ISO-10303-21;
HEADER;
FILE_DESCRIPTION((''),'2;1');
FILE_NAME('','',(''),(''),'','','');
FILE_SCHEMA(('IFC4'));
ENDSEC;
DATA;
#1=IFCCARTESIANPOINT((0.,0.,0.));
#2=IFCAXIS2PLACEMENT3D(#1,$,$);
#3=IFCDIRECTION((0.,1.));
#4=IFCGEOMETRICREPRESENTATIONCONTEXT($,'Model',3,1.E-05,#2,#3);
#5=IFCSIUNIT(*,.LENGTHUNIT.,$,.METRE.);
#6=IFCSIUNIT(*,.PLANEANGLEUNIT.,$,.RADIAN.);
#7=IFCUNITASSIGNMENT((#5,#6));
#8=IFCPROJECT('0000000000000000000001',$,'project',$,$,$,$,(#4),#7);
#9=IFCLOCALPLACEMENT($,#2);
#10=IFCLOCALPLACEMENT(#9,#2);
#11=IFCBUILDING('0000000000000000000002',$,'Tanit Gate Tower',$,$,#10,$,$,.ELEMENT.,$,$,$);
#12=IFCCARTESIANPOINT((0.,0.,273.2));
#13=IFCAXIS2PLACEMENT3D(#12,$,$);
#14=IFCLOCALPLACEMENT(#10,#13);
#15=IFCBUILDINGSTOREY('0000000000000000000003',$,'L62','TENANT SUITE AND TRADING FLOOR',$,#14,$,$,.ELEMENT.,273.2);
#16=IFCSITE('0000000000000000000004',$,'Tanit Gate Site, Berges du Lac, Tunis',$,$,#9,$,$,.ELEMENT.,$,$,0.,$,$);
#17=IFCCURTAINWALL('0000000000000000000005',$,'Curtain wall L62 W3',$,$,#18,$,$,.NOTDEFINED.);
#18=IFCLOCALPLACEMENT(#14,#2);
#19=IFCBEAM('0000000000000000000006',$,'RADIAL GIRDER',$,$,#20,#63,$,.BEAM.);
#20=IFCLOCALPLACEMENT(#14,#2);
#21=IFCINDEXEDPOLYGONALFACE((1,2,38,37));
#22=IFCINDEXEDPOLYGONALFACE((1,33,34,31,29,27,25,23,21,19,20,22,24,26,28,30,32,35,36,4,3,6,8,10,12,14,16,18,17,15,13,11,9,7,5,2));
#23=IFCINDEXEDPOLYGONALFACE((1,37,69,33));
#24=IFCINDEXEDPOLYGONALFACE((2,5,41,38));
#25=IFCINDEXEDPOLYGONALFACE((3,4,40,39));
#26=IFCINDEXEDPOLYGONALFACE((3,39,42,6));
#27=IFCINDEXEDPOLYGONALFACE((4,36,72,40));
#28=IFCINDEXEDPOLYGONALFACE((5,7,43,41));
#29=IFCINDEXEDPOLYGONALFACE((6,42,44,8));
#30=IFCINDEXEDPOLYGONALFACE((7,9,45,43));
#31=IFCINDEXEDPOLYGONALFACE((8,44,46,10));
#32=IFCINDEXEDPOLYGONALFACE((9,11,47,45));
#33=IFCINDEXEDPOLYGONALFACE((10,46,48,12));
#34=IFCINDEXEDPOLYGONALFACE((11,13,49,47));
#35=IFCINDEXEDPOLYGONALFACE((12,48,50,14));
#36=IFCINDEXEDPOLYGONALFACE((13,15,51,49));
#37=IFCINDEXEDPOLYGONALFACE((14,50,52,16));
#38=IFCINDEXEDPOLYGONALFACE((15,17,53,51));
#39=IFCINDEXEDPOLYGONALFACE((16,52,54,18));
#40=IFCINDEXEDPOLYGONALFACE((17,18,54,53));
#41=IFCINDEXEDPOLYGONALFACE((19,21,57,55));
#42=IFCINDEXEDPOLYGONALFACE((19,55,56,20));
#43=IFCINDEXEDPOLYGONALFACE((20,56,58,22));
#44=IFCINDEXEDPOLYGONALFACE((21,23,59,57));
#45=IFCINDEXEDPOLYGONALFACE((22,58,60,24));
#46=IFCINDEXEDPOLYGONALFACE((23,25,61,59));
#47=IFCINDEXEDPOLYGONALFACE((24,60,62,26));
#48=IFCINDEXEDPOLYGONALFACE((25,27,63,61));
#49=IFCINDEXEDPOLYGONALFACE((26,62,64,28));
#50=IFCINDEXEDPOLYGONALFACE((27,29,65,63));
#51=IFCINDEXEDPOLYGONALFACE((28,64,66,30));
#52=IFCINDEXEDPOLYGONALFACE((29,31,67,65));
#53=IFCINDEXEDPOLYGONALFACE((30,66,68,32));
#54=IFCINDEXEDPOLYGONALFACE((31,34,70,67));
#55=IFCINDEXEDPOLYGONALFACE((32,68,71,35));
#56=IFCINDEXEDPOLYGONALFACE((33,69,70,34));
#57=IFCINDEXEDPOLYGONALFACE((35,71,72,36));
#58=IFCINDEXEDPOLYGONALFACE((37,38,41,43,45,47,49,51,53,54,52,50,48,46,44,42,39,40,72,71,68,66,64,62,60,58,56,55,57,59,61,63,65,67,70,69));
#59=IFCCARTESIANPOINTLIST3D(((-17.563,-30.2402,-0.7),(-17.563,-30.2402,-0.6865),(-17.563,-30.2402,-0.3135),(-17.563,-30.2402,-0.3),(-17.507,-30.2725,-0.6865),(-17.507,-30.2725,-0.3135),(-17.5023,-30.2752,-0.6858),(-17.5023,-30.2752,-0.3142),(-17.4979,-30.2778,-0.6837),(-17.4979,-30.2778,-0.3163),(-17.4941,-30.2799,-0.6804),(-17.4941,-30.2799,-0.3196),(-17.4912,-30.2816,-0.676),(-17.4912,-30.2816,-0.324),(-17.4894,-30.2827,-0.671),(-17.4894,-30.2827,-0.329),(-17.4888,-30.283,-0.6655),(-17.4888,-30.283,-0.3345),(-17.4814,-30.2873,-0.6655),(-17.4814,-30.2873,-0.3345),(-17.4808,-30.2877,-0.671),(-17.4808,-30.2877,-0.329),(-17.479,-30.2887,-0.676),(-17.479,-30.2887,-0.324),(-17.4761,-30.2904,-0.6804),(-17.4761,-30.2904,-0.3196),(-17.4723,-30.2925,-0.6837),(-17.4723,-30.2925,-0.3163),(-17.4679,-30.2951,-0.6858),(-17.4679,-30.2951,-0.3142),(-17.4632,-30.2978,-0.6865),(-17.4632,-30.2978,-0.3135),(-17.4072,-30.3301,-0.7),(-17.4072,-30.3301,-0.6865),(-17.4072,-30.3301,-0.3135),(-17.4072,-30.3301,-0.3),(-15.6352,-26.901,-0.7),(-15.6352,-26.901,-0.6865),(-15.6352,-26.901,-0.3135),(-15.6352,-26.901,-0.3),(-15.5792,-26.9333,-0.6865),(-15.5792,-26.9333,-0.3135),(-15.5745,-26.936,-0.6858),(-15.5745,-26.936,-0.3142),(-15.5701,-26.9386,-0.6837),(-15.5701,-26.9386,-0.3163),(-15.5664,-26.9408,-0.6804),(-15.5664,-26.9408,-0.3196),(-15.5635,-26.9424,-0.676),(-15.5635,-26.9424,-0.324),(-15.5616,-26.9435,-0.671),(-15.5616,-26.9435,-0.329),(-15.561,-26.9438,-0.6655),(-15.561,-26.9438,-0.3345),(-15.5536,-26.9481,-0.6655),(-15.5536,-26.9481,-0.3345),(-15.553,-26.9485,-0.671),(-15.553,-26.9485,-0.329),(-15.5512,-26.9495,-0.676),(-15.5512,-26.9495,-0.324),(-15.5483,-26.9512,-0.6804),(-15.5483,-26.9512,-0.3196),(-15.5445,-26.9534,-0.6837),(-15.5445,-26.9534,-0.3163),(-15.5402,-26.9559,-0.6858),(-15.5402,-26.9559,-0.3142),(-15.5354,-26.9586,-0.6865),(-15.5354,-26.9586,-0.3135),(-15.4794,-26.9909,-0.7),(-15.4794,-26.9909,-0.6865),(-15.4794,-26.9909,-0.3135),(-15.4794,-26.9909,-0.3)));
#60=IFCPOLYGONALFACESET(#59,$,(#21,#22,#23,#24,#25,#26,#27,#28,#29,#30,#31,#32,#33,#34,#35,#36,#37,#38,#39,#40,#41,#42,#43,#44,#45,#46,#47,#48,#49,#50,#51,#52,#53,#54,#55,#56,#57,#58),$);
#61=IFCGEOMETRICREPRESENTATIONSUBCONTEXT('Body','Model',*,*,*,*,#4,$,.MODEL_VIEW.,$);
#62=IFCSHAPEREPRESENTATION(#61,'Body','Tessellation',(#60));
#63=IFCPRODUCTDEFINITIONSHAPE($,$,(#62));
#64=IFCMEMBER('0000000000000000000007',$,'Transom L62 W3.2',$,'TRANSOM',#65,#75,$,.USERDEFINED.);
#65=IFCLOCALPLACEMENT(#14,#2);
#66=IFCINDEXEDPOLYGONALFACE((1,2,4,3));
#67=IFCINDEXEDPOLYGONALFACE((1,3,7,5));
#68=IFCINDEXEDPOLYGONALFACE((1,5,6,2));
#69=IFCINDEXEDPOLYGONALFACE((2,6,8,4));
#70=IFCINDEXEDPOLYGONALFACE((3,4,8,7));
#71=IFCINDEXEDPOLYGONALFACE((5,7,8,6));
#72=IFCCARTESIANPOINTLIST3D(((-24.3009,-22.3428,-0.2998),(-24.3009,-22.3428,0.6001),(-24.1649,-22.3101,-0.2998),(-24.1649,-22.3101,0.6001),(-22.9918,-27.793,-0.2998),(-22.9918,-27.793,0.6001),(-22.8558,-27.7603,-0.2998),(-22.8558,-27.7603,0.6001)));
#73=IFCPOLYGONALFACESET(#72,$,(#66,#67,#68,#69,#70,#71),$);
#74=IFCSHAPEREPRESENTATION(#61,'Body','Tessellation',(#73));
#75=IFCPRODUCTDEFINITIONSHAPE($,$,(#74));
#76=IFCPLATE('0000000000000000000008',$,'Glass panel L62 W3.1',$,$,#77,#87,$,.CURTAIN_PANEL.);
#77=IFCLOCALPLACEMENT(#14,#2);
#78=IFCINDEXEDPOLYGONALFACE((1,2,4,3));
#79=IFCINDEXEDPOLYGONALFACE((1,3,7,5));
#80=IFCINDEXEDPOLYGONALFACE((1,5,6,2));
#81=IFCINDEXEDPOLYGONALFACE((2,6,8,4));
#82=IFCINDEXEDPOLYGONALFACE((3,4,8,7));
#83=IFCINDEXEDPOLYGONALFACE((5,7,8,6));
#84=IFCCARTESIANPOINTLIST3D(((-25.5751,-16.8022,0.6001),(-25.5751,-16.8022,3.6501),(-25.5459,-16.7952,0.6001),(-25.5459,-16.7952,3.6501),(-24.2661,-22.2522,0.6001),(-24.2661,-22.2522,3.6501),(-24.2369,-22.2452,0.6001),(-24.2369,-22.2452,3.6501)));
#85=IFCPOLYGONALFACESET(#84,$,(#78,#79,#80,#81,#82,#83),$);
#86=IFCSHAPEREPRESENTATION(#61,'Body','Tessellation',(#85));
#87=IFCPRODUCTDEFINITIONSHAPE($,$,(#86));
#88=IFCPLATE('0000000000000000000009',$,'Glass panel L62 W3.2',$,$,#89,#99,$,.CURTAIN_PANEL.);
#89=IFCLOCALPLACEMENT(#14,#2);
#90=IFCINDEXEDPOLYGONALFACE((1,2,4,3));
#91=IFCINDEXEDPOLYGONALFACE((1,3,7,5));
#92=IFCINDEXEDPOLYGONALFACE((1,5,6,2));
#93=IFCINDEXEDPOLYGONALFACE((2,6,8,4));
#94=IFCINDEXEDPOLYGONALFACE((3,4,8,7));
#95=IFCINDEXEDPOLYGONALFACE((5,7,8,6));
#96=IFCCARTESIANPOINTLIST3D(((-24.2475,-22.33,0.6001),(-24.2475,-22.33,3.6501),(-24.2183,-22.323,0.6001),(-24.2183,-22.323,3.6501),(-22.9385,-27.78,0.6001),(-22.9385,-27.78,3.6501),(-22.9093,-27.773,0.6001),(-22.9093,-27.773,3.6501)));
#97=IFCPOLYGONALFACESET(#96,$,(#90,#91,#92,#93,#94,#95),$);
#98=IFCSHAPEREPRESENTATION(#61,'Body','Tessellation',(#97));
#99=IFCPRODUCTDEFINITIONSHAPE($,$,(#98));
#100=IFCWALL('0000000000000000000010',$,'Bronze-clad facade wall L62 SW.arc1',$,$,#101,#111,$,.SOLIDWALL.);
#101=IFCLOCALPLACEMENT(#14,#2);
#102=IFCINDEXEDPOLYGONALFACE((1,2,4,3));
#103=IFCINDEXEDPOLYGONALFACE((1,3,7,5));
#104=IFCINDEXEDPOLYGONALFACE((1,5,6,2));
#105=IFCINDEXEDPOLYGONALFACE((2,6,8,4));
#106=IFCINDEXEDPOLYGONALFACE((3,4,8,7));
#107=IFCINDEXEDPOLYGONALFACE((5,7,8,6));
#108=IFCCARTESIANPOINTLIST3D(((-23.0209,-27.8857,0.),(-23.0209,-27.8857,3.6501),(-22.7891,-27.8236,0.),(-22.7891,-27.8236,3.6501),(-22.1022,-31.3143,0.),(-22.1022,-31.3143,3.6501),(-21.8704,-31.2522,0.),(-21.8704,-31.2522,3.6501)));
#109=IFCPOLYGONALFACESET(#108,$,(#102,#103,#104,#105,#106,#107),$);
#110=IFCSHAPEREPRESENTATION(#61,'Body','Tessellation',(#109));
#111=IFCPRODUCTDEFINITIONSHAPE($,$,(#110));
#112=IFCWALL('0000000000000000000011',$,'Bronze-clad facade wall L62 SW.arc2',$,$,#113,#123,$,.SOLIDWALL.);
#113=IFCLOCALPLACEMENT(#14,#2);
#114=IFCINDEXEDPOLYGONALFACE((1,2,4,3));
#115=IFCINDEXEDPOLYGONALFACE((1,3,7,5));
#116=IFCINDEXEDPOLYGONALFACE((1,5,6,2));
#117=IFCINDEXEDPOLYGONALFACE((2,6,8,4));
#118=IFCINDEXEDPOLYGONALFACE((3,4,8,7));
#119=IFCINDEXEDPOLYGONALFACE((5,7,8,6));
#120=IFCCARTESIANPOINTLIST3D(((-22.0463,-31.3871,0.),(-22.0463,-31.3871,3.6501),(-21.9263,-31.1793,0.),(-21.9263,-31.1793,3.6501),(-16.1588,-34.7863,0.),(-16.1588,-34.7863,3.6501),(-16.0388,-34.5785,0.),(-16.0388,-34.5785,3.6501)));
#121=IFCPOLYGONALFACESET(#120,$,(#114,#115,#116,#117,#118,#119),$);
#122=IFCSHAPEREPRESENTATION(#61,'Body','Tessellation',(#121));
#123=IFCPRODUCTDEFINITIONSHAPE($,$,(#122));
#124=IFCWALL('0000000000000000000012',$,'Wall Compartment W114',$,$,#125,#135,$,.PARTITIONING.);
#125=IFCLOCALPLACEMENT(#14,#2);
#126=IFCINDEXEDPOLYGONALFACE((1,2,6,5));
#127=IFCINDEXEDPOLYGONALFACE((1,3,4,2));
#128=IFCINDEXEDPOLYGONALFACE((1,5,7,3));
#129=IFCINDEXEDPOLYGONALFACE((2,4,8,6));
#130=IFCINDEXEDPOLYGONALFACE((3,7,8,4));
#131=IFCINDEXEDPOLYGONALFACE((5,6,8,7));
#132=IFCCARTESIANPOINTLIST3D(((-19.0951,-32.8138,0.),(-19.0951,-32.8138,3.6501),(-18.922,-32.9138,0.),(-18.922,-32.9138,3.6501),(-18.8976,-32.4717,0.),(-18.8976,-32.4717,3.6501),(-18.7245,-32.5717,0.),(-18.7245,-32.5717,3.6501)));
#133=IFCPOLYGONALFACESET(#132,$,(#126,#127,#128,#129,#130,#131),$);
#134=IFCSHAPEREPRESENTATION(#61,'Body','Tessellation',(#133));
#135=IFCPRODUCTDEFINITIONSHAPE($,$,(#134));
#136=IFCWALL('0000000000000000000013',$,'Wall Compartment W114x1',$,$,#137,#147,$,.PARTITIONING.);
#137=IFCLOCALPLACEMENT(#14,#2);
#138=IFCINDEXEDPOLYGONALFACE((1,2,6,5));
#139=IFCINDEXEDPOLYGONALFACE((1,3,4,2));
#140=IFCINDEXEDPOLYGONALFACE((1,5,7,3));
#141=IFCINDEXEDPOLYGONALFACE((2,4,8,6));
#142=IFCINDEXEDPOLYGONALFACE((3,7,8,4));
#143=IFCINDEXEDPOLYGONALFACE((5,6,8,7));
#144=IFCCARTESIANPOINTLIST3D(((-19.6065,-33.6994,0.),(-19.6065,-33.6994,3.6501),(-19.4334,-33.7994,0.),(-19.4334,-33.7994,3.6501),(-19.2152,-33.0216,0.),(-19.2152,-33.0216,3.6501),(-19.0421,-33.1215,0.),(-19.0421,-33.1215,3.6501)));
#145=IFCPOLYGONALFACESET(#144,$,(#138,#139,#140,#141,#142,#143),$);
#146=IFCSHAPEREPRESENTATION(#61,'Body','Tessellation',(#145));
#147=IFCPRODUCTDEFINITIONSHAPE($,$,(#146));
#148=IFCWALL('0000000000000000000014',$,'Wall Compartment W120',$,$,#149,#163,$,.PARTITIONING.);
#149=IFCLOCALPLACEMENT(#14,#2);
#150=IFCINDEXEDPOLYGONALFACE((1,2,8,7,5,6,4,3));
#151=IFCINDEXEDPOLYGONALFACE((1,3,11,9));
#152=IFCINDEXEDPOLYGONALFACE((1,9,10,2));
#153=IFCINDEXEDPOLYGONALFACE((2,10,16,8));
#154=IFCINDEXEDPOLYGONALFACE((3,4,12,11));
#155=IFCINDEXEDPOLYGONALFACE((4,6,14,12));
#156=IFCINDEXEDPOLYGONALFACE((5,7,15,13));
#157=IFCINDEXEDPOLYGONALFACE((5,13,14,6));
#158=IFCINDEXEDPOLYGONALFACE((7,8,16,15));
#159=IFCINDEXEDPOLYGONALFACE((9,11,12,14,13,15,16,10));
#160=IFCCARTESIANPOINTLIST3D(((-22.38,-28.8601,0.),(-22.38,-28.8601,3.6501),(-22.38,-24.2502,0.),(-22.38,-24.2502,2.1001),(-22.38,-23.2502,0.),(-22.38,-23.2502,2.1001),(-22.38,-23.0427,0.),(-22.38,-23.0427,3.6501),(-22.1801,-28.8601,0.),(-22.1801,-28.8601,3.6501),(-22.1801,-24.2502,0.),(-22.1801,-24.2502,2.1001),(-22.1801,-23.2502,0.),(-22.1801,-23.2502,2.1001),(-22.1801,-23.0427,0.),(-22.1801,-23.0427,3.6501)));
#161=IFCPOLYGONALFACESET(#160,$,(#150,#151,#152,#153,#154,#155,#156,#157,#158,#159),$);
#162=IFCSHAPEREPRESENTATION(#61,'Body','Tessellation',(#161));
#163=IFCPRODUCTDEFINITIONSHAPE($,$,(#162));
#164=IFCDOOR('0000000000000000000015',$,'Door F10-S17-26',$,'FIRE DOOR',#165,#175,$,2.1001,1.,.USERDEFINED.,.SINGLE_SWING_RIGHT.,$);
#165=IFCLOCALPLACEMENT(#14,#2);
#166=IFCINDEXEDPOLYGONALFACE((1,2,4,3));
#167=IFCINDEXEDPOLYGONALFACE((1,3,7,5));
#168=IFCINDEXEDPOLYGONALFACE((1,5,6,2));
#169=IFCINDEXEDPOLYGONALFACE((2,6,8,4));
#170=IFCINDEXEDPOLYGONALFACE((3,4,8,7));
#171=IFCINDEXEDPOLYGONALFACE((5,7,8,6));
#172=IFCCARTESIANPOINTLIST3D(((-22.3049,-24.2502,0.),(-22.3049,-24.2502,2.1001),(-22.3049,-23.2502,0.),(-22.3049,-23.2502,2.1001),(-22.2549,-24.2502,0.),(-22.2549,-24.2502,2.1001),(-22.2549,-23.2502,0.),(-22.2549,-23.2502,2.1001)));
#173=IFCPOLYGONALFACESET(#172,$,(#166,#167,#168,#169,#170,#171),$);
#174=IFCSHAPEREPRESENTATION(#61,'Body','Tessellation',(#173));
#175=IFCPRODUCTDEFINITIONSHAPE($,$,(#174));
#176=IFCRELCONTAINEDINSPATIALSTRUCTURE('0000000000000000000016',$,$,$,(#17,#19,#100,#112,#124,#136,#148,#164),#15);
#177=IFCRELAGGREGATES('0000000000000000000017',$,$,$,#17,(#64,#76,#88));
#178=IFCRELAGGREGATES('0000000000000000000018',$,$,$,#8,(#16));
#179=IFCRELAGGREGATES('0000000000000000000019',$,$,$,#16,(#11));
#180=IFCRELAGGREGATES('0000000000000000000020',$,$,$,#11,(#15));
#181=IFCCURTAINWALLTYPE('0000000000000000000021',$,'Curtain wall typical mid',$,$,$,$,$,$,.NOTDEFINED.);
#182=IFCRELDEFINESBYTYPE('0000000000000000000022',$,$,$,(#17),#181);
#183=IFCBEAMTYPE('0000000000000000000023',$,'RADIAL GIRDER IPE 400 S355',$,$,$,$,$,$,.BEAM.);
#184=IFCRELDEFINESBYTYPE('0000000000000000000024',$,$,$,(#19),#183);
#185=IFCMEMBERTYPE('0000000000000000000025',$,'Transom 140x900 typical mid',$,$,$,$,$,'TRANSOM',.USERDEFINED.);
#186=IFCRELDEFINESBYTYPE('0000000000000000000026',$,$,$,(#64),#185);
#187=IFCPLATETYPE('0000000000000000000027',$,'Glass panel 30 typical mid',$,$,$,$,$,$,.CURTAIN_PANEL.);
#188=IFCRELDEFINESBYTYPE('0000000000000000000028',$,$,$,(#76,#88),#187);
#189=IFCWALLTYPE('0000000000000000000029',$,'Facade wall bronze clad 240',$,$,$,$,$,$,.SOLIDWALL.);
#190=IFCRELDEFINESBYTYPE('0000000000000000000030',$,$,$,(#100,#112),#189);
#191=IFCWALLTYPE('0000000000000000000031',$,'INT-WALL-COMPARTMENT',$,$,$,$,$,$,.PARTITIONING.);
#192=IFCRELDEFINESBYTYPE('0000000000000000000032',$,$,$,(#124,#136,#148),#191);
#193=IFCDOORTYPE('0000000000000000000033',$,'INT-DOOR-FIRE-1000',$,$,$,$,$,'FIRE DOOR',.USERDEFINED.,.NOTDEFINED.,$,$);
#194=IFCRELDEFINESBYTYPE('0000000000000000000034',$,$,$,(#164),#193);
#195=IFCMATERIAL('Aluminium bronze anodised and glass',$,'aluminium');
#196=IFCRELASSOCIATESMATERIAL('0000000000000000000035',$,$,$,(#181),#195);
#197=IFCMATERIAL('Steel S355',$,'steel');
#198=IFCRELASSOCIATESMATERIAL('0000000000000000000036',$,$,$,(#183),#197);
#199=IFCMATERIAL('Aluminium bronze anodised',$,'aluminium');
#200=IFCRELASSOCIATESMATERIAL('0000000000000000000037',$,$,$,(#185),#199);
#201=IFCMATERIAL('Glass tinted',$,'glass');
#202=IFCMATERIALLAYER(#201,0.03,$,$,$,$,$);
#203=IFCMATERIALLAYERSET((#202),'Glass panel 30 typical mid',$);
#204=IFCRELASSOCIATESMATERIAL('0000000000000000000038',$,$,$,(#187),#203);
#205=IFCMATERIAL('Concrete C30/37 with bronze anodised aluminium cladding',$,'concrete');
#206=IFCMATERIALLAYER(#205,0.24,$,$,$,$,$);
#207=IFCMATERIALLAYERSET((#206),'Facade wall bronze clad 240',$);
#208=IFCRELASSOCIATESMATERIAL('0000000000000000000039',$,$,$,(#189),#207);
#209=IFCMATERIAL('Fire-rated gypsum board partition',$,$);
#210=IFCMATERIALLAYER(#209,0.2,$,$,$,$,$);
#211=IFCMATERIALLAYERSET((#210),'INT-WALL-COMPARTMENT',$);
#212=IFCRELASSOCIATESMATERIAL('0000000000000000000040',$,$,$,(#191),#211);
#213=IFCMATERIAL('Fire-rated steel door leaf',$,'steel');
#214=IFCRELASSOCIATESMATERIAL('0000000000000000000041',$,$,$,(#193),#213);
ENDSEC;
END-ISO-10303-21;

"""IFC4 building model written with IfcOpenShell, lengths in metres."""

from ifc_helpers import new_model, si_unit, direction, frame, frame_2d, origin, origin_2d, place, context, subcontext, project, spatial, rectangle, i_section, extrude, material, layer, layer_set, material_profile, profile_set, type_object, element, fill, aggregate, save


model = new_model("IFC4")

# Units and contexts
model_context = context("Model", 3, precision=1e-05, world=origin(), true_north=direction((0.0, 1.0)))
body_context = subcontext(model_context, "Body", "Model", "MODEL_VIEW")
ifc_project = project(units=[si_unit("LENGTHUNIT", "METRE"), si_unit("PLANEANGLEUNIT", "RADIAN")], contexts=[model_context])

# Site, building, storey
site_placement = place(None, origin())
site = spatial("IfcSite", under=ifc_project, at=site_placement, Name="Tanit Gate Site, Berges du Lac, Tunis", CompositionType="ELEMENT", RefElevation=0.0)
building_placement = place(site_placement, origin())
building = spatial("IfcBuilding", under=site, at=building_placement, Name="Tanit Gate Tower", CompositionType="ELEMENT")
storey_placement = place(building_placement, frame((0.0, 0.0, 273.2)))
storey = spatial("IfcBuildingStorey", under=building, at=storey_placement, Name="L62", Description="TENANT SUITE AND TRADING FLOOR", CompositionType="ELEMENT", Elevation=273.2)

# Curtain wall
ifc_material_1 = material(Name="Aluminium bronze anodised and glass", Category="aluminium")
curtain_wall_type = type_object("IfcCurtainWallType", Name="Curtain wall typical mid", PredefinedType="NOTDEFINED", material=ifc_material_1)
curtain_wall_placement = place(storey_placement, origin())
curtain_wall = element("IfcCurtainWall", 1, at=curtain_wall_placement, inside=storey, type_object=curtain_wall_type, Name="Curtain wall L62 W3", PredefinedType="NOTDEFINED")

# Beam
ifc_material_2 = material(Name="Steel S355", Category="steel")
ifc_material_profile_1 = material_profile(ifc_material_2, i_section(OverallWidth=0.1799, OverallDepth=0.3999, WebThickness=0.0085, FlangeThickness=0.0134, FilletRadius=0.021, at=origin_2d()), Name="IPE 400")
ifc_profile_set_1 = profile_set([ifc_material_profile_1], Name="Steel S355")
beam_type_1 = type_object("IfcBeamType", Name="RADIAL GIRDER IPE 400 S355", PredefinedType="BEAM", material=ifc_profile_set_1)
beam_1_placement = place(storey_placement, frame((-17.4851, -30.2852, -0.5), z_axis=(0.49998, 0.866037, 0.0), x_axis=(-0.866037, 0.49998, 0.0)))
element("IfcBeam", 2, at=beam_1_placement, inside=storey, type_object=beam_type_1, Name="RADIAL GIRDER", PredefinedType="BEAM", context=body_context, shape_type="SweptSolid", body=[
    extrude(i_section(OverallWidth=0.1799, OverallDepth=0.3999, WebThickness=0.0085, FlangeThickness=0.0134, FilletRadius=0.021, at=origin_2d()), origin(), (0.0, 0.0, 1.0), 3.8557),
])

# Member
ifc_material_3 = material(Name="Aluminium bronze anodised", Category="aluminium")
ifc_material_profile_2 = material_profile(ifc_material_3, rectangle(XDim=0.1399, YDim=0.8999, at=origin_2d()), Name="140x900 bronze transom")
ifc_profile_set_2 = profile_set([ifc_material_profile_2], Name="Aluminium bronze anodised")
member_type_1 = type_object("IfcMemberType", Name="Transom 140x900 typical mid", ElementType="TRANSOM", PredefinedType="USERDEFINED", material=ifc_profile_set_2)
member_1_placement = place(storey_placement, frame((-24.2329, -22.3264, 0.1501), z_axis=(0.233548, -0.972345, 0.0), x_axis=(0.972345, 0.233548, 0.0)))
member_1 = element("IfcMember", 3, at=member_1_placement, type_object=member_type_1, Name="Transom L62 W3.2", ObjectType="TRANSOM", PredefinedType="USERDEFINED", context=body_context, shape_type="SweptSolid", body=[
    extrude(rectangle(XDim=0.1399, YDim=0.8999, at=origin_2d()), origin(), (0.0, 0.0, 1.0), 5.6052),
])

# Plates
ifc_material_4 = material(Name="Glass tinted", Category="glass")
ifc_layer_1 = layer(ifc_material_4, 0.03)
ifc_layer_set_1 = layer_set([ifc_layer_1], Name="Glass panel 30 typical mid")
plate_type = type_object("IfcPlateType", Name="Glass panel 30 typical mid", PredefinedType="CURTAIN_PANEL", material=ifc_layer_set_1)
plate_1_placement = place(storey_placement, frame((-24.906, -19.5237, 0.6001), z_axis=(0.0, 0.0, 1.0), x_axis=(0.233542, -0.972347, 0.0)))
plate_1 = element("IfcPlate", 4, at=plate_1_placement, type_object=plate_type, Name="Glass panel L62 W3.1", PredefinedType="CURTAIN_PANEL", context=body_context, shape_type="SweptSolid", body=[
    extrude(rectangle(XDim=5.605, YDim=0.03, at=origin_2d()), origin(), (0.0, 0.0, 1.0), 3.05),
])
plate_2_placement = place(storey_placement, frame((-23.5784, -25.0515, 0.6001), z_axis=(0.0, 0.0, 1.0), x_axis=(0.233542, -0.972347, 0.0)))
plate_2 = element("IfcPlate", 5, at=plate_2_placement, type_object=plate_type, Name="Glass panel L62 W3.2", PredefinedType="CURTAIN_PANEL", context=body_context, shape_type="SweptSolid", body=[
    extrude(rectangle(XDim=5.605, YDim=0.03, at=origin_2d()), origin(), (0.0, 0.0, 1.0), 3.05),
])
aggregate(curtain_wall, [member_1, plate_1, plate_2])

# Walls
ifc_material_5 = material(Name="Concrete C30/37 with bronze anodised aluminium cladding", Category="concrete")
ifc_layer_2 = layer(ifc_material_5, 0.24)
ifc_layer_set_2 = layer_set([ifc_layer_2], Name="Facade wall bronze clad 240")
wall_type_1 = type_object("IfcWallType", Name="Facade wall bronze clad 240", PredefinedType="SOLIDWALL", material=ifc_layer_set_2)
wall_1_placement = place(storey_placement, frame((-22.905, -27.8545, 0.0), z_axis=(0.0, 0.0, 1.0), x_axis=(0.258814, -0.965927, 0.0)))
element("IfcWall", 6, at=wall_1_placement, inside=storey, type_object=wall_type_1, Name="Bronze-clad facade wall L62 SW.arc1", PredefinedType="SOLIDWALL", context=body_context, shape_type="SweptSolid", body=[
    extrude(rectangle(XDim=3.5496, YDim=0.24, at=frame_2d((1.7749, 0.0))), origin(), (0.0, 0.0, 1.0), 3.6501),
])
wall_2_placement = place(storey_placement, frame((-21.9863, -31.2832, 0.0), z_axis=(0.0, 0.0, 1.0), x_axis=(0.866022, -0.500005, 0.0)))
element("IfcWall", 7, at=wall_2_placement, inside=storey, type_object=wall_type_1, Name="Bronze-clad facade wall L62 SW.arc2", PredefinedType="SOLIDWALL", context=body_context, shape_type="SweptSolid", body=[
    extrude(rectangle(XDim=6.7983, YDim=0.24, at=frame_2d((3.3992, 0.0))), origin(), (0.0, 0.0, 1.0), 3.6501),
])
ifc_material_6 = material(Name="Fire-rated gypsum board partition")
ifc_layer_3 = layer(ifc_material_6, 0.2)
ifc_layer_set_3 = layer_set([ifc_layer_3], Name="INT-WALL-COMPARTMENT")
wall_type_2 = type_object("IfcWallType", Name="INT-WALL-COMPARTMENT", PredefinedType="PARTITIONING", material=ifc_layer_set_3)
wall_3_placement = place(storey_placement, frame((-18.811, -32.5217, 0.0), z_axis=(0.0, 0.0, 1.0), x_axis=(-0.500061, -0.86599, 0.0)))
element("IfcWall", 8, at=wall_3_placement, inside=storey, type_object=wall_type_2, Name="Wall Compartment W114", PredefinedType="PARTITIONING", context=body_context, shape_type="SweptSolid", body=[
    extrude(rectangle(XDim=0.395, YDim=0.2, at=frame_2d((0.1975, 0.0))), origin(), (0.0, 0.0, 1.0), 3.6501),
])
wall_4_placement = place(storey_placement, frame((-19.1287, -33.0715, 0.0), z_axis=(0.0, 0.0, 1.0), x_axis=(-0.499929, -0.866066, 0.0)))
element("IfcWall", 9, at=wall_4_placement, inside=storey, type_object=wall_type_2, Name="Wall Compartment W114x1", PredefinedType="PARTITIONING", context=body_context, shape_type="SweptSolid", body=[
    extrude(rectangle(XDim=0.7827, YDim=0.2, at=frame_2d((0.3914, 0.0))), origin(), (0.0, 0.0, 1.0), 3.6501),
])

# Wall, opening, door
wall_5_placement = place(storey_placement, frame((-22.28, -28.8601, 0.0), z_axis=(0.0, 0.0, 1.0), x_axis=(0.0, 1.0, 0.0)))
wall_5 = element("IfcWall", 10, at=wall_5_placement, inside=storey, type_object=wall_type_2, Name="Wall Compartment W120", PredefinedType="PARTITIONING", context=body_context, shape_type="SweptSolid", body=[
    extrude(rectangle(XDim=5.8174, YDim=0.2, at=frame_2d((2.9087, 0.0))), origin(), (0.0, 0.0, 1.0), 3.6501),
])
opening_placement = place(wall_5_placement, frame((4.6099, 0.0, 0.0)))
opening = element("IfcOpeningElement", 11, at=opening_placement, cuts=wall_5, PredefinedType="OPENING", context=body_context, shape_type="SweptSolid", body=[
    extrude(rectangle(XDim=1.0, YDim=2.1001, at=frame_2d((0.5, 1.05))), frame((0.0, 0.1099, 0.0), z_axis=(0.0, -1.0, 0.0), x_axis=(1.0, 0.0, 0.0)), (0.0, 0.0, 1.0), 0.22),
])
ifc_material_7 = material(Name="Fire-rated steel door leaf", Category="steel")
door_type = type_object("IfcDoorType", Name="INT-DOOR-FIRE-1000", ElementType="FIRE DOOR", OperationType="NOTDEFINED", PredefinedType="USERDEFINED", material=ifc_material_7)
door_placement = place(opening_placement, origin())
door = element("IfcDoor", 12, at=door_placement, inside=storey, type_object=door_type, Name="Door F10-S17-26", ObjectType="FIRE DOOR", OperationType="SINGLE_SWING_RIGHT", OverallHeight=2.1001, OverallWidth=1.0, PredefinedType="USERDEFINED", context=body_context, shape_type="SweptSolid", body=[
    extrude(rectangle(XDim=1.0, YDim=2.1001, at=frame_2d((0.5, 1.05))), frame((0.0, 0.0249, 0.0), z_axis=(0.0, -1.0, 0.0), x_axis=(1.0, 0.0, 0.0)), (0.0, 0.0, 1.0), 0.05),
])
fill(opening, door)

save(model, "model.ifc")
